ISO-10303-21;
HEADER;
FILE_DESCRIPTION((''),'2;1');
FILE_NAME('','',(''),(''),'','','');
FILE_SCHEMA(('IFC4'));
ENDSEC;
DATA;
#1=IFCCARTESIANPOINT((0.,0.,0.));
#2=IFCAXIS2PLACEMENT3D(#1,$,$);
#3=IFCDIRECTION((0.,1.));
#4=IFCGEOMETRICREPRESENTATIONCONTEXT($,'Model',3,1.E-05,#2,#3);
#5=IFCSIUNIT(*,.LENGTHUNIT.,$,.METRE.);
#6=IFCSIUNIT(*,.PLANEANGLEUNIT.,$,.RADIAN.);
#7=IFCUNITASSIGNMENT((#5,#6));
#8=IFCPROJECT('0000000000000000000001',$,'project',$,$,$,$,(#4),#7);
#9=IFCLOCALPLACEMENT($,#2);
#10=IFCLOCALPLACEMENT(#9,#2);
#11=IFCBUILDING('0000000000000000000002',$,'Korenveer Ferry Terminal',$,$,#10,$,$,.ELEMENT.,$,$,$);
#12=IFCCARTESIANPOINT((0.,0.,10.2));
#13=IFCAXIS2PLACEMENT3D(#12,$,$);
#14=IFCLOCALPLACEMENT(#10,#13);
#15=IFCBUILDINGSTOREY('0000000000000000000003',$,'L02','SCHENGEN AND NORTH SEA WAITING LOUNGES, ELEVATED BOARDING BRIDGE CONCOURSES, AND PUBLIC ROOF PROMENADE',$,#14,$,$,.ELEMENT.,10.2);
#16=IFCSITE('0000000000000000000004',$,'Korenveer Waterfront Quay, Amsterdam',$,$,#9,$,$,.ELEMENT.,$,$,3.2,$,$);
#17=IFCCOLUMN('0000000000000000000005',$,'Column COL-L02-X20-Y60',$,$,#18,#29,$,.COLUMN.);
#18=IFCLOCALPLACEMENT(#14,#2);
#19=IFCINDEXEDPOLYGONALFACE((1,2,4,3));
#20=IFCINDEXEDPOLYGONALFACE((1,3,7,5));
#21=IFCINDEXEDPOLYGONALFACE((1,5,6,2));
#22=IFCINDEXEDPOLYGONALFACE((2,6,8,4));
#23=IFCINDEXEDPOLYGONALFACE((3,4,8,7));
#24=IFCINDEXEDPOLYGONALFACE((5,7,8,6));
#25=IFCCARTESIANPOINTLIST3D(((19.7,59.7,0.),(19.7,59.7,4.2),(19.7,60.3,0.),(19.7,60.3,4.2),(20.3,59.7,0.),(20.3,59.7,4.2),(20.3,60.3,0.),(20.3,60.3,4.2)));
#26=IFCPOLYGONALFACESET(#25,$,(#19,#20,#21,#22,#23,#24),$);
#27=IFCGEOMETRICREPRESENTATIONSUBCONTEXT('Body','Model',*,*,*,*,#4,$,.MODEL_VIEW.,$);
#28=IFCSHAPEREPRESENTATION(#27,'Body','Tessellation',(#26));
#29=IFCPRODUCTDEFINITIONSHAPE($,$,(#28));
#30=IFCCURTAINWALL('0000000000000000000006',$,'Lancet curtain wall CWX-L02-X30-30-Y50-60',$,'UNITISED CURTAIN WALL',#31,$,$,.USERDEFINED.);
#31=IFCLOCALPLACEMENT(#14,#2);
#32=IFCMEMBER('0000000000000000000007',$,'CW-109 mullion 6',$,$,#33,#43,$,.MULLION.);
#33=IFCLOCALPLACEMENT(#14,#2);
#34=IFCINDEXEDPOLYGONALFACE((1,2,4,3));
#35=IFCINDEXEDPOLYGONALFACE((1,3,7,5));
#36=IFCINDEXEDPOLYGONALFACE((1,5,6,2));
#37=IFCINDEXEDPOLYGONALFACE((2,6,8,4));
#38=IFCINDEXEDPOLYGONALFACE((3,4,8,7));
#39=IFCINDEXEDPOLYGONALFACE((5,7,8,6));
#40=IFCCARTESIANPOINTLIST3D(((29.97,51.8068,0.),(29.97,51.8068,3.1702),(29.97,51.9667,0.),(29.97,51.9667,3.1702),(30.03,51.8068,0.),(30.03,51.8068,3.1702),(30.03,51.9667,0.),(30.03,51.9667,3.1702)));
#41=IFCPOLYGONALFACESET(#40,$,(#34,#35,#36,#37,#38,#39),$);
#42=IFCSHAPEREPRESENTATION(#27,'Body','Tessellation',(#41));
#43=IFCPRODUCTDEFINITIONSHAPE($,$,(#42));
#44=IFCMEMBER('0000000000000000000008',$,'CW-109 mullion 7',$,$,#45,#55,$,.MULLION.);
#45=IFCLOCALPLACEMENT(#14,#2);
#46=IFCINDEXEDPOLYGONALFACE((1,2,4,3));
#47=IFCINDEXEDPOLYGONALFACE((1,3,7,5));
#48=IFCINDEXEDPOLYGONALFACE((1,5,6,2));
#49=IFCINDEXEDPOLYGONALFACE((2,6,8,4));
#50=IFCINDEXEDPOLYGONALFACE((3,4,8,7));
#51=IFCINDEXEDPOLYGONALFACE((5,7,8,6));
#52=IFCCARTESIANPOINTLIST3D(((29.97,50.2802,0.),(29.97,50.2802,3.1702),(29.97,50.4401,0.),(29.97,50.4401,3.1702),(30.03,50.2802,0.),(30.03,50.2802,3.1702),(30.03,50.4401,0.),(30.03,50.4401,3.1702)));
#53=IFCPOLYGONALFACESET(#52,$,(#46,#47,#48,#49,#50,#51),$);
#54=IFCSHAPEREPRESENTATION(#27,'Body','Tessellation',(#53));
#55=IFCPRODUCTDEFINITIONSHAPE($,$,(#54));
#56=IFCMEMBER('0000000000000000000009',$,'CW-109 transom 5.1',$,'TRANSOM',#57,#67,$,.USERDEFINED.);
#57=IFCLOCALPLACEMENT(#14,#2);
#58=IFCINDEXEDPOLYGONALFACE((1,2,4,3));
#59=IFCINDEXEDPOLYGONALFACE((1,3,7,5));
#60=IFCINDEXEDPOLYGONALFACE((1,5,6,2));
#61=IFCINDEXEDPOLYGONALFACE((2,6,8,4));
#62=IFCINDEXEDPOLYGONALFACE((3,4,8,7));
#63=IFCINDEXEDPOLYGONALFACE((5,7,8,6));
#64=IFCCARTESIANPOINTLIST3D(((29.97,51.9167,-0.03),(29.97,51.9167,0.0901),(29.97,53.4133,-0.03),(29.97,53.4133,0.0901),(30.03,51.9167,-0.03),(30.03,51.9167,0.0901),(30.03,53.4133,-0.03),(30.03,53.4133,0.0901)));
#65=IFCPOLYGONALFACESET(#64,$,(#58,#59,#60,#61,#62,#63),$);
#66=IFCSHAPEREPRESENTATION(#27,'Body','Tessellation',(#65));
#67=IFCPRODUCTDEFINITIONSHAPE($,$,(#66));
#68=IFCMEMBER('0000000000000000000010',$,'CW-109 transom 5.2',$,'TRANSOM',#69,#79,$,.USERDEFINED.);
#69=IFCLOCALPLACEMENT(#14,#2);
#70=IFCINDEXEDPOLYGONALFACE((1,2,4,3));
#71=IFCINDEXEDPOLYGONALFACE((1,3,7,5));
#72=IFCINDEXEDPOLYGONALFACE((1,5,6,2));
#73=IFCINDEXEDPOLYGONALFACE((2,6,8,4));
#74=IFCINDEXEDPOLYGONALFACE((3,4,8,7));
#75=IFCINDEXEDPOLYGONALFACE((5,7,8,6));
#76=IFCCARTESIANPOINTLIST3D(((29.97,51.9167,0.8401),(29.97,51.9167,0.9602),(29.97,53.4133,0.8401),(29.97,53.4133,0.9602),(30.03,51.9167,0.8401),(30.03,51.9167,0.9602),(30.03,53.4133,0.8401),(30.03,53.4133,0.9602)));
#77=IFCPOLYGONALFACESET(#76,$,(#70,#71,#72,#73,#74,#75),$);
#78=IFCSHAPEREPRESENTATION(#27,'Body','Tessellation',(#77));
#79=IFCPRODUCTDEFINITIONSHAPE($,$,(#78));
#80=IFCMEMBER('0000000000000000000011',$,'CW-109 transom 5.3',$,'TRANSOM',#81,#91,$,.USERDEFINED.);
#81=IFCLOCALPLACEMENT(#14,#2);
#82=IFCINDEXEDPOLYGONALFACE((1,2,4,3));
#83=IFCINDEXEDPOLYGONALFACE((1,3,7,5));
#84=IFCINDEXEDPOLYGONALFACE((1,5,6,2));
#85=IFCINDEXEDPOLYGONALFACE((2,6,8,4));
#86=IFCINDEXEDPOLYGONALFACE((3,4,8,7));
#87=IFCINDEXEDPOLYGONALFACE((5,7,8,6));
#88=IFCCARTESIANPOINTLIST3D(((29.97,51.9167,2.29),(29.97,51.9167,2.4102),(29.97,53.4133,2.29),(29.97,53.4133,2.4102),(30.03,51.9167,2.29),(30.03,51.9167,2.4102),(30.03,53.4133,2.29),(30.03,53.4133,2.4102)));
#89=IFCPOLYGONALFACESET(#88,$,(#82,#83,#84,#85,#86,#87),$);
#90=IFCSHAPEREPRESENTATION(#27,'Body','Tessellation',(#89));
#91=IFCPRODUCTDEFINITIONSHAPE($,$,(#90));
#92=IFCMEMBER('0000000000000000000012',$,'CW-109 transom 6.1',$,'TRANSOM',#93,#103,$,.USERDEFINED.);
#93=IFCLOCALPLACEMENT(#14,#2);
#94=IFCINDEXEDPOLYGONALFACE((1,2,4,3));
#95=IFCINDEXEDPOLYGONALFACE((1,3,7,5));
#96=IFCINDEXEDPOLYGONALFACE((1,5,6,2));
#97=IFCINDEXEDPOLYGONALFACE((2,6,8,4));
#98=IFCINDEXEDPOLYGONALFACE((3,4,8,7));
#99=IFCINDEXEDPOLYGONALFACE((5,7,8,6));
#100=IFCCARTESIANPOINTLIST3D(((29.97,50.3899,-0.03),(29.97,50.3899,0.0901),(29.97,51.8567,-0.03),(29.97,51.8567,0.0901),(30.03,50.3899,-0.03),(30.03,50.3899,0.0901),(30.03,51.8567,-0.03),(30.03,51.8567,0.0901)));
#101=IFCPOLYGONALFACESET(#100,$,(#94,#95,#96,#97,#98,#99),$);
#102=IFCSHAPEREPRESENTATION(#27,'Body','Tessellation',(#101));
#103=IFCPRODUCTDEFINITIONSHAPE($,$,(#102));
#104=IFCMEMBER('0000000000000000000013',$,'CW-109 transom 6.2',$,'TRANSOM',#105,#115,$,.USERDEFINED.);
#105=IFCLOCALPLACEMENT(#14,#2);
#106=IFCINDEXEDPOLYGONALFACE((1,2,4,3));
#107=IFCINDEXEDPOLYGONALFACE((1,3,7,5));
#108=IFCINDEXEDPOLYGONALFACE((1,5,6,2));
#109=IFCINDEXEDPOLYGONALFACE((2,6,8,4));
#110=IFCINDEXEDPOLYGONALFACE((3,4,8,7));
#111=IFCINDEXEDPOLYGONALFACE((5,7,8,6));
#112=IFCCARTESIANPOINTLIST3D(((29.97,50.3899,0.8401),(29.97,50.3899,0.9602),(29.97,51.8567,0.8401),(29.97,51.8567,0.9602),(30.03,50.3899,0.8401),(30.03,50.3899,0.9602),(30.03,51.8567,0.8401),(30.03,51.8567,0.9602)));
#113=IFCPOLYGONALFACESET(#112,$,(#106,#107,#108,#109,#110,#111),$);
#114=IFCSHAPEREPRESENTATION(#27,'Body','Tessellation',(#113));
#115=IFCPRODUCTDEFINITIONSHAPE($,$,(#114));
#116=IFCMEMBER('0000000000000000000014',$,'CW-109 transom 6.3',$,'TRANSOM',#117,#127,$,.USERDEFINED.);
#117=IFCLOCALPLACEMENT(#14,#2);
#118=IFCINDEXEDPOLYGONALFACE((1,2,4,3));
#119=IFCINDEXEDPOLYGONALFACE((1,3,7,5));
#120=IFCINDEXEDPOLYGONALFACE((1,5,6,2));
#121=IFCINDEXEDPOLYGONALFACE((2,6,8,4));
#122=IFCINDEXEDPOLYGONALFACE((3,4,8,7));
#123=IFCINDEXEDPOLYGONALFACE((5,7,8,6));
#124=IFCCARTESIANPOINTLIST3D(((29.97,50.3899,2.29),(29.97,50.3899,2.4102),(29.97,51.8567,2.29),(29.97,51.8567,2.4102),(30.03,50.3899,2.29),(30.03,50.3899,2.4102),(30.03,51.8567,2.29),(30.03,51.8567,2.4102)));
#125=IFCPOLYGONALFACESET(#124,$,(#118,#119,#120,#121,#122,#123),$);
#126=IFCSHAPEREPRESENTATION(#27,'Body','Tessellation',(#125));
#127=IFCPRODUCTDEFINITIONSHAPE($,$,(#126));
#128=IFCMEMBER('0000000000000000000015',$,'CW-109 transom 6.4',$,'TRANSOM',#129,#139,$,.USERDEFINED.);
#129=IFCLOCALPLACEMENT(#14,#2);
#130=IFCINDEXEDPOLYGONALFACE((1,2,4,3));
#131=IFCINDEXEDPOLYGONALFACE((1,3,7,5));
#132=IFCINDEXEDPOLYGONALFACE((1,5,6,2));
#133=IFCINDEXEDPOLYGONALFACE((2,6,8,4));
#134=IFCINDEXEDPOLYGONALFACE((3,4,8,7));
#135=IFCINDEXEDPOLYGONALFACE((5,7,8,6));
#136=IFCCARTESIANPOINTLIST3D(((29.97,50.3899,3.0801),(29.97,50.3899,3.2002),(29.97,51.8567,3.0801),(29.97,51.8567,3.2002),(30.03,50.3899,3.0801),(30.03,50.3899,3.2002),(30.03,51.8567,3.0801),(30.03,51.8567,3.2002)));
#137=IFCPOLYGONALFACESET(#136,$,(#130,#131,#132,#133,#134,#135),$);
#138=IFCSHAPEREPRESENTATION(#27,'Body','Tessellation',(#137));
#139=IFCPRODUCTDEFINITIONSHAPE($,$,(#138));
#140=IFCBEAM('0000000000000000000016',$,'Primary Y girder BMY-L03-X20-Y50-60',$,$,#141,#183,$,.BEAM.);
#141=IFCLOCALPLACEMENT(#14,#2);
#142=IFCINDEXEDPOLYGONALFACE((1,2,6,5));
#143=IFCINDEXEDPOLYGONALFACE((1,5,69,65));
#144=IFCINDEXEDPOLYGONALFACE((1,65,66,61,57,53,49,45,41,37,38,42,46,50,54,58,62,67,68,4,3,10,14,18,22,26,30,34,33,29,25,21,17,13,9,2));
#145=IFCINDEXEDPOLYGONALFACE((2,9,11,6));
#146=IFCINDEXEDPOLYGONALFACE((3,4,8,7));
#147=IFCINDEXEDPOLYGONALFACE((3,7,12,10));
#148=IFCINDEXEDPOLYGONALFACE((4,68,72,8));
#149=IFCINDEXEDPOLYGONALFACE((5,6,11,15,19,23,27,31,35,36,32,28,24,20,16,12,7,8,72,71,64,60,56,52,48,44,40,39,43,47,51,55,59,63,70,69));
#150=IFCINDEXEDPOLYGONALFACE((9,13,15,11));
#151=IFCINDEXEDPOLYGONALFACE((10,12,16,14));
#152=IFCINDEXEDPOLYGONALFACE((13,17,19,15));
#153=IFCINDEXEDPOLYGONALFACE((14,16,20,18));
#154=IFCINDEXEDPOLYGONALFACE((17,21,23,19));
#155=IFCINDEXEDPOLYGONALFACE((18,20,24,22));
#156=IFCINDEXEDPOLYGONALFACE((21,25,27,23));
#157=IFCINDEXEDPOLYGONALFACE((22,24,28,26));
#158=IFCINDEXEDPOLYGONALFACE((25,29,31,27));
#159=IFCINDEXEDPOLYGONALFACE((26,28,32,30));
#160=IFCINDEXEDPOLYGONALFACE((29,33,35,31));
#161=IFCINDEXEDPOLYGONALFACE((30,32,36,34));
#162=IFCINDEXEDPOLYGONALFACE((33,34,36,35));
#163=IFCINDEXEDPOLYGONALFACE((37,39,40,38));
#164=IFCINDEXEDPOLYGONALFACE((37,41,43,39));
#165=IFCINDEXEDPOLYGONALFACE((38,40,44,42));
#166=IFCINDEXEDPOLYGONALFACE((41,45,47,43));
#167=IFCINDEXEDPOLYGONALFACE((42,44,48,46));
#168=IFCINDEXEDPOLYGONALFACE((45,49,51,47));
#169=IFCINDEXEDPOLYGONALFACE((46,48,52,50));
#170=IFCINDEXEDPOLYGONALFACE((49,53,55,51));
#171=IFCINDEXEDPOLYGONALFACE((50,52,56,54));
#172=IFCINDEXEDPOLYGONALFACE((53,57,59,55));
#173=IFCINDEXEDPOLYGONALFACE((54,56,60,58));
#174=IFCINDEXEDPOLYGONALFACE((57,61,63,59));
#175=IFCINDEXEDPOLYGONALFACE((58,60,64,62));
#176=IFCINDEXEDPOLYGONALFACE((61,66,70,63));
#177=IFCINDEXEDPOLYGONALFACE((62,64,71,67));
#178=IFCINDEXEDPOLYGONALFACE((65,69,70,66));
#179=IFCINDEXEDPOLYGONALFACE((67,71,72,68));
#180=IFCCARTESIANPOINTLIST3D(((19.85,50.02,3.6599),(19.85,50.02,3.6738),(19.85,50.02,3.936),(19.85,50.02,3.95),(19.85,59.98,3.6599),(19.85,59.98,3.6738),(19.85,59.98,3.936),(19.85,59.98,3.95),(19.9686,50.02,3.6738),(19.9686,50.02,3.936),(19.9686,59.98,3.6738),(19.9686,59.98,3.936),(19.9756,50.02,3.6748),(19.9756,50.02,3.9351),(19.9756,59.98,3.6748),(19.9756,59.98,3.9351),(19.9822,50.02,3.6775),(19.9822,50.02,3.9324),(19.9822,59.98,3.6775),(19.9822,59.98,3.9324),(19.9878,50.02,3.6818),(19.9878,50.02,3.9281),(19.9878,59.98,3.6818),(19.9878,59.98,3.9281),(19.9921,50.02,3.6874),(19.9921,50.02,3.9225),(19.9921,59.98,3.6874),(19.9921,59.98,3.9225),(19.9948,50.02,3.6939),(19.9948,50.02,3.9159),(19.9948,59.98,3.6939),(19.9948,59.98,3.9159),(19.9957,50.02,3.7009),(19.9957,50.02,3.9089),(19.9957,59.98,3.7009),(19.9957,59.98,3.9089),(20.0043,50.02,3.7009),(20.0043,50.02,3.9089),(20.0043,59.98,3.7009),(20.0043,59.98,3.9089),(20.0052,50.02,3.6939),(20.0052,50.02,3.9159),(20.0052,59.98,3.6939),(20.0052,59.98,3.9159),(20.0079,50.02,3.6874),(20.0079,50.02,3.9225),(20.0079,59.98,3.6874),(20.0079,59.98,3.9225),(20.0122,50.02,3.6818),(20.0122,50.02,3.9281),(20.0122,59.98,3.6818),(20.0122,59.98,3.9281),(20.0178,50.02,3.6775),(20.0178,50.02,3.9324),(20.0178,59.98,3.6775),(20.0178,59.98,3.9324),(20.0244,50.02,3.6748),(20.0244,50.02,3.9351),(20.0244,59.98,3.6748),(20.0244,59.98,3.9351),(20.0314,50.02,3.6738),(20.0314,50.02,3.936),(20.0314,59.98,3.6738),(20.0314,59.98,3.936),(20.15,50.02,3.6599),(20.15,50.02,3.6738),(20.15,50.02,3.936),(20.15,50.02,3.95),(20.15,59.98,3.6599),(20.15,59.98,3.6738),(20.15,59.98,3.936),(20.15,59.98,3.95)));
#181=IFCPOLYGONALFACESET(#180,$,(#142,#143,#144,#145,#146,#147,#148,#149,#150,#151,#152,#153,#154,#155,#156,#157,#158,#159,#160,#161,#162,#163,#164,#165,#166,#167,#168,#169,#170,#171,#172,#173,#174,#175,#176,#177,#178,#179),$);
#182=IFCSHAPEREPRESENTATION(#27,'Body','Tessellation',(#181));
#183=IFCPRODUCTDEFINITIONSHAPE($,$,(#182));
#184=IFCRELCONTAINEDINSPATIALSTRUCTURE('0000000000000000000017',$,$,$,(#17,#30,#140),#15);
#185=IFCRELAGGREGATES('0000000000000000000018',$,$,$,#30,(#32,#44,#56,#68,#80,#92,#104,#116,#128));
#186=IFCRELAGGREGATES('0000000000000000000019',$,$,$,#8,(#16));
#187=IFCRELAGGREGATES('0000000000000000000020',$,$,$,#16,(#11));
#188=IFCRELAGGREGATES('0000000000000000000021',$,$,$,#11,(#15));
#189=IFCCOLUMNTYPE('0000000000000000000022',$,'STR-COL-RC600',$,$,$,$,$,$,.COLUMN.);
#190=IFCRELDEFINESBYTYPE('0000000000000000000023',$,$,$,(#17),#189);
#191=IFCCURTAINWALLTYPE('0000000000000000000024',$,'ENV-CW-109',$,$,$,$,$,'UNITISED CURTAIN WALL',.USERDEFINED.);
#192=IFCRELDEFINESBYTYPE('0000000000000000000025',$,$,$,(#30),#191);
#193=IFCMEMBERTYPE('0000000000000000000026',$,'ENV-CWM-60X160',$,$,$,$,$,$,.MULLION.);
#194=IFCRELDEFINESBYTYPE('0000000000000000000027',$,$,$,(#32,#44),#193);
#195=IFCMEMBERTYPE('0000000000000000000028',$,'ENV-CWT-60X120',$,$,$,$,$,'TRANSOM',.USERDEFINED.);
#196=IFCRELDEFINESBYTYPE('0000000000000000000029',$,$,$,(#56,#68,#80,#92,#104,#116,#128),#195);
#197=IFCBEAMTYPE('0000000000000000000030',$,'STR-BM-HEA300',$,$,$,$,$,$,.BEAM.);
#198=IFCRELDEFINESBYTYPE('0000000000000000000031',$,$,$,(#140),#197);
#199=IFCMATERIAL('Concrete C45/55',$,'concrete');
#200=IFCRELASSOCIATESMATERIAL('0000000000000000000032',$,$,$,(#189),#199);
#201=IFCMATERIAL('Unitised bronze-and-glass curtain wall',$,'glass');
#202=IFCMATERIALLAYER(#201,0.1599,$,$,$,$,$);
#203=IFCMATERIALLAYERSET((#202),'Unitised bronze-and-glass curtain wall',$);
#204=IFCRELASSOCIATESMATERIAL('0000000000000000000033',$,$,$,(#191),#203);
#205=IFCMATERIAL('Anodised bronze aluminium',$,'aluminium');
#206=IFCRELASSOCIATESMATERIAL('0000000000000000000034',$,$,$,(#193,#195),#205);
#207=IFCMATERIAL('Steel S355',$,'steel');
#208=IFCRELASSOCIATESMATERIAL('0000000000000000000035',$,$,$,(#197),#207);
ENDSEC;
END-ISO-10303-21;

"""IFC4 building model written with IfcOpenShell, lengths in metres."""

from ifc_helpers import new_model, si_unit, direction, frame, origin, origin_2d, place, context, subcontext, project, spatial, rectangle, i_section, extrude, material, layer, layer_set, material_profile, profile_set, type_object, element, aggregate, save


model = new_model("IFC4")

# Units and contexts
model_context = context("Model", 3, precision=1e-05, world=origin(), true_north=direction((0.0, 1.0)))
body_context = subcontext(model_context, "Body", "Model", "MODEL_VIEW")
ifc_project = project(units=[si_unit("LENGTHUNIT", "METRE"), si_unit("PLANEANGLEUNIT", "RADIAN")], contexts=[model_context])

# Site, building, storey
site_placement = place(None, origin())
site = spatial("IfcSite", under=ifc_project, at=site_placement, Name="Korenveer Waterfront Quay, Amsterdam", CompositionType="ELEMENT", RefElevation=3.2)
building_placement = place(site_placement, origin())
building = spatial("IfcBuilding", under=site, at=building_placement, Name="Korenveer Ferry Terminal", CompositionType="ELEMENT")
storey_placement = place(building_placement, frame((0.0, 0.0, 10.2)))
storey = spatial("IfcBuildingStorey", under=building, at=storey_placement, Name="L02", Description="SCHENGEN AND NORTH SEA WAITING LOUNGES, ELEVATED BOARDING BRIDGE CONCOURSES, AND PUBLIC ROOF PROMENADE", CompositionType="ELEMENT", Elevation=10.2)

# Column
ifc_material_1 = material(Name="Concrete C45/55", Category="concrete")
ifc_material_profile_1 = material_profile(ifc_material_1, rectangle(XDim=0.6001, YDim=0.6001, at=origin_2d()), Name="RC 600x600")
ifc_profile_set_1 = profile_set([ifc_material_profile_1], Name="Concrete C45/55")
column_type = type_object("IfcColumnType", Name="STR-COL-RC600", PredefinedType="COLUMN", material=ifc_profile_set_1)
column_placement = place(storey_placement, frame((20.0, 60.0, 0.0), z_axis=(0.0, 0.0, 1.0), x_axis=(1.0, 0.0, 0.0)))
element("IfcColumn", 1, at=column_placement, inside=storey, type_object=column_type, Name="Column COL-L02-X20-Y60", PredefinedType="COLUMN", context=body_context, shape_type="SweptSolid", body=[
    extrude(rectangle(XDim=0.6001, YDim=0.6001, at=origin_2d()), origin(), (0.0, 0.0, 1.0), 4.2),
])

# Curtain wall, members
ifc_material_2 = material(Name="Unitised bronze-and-glass curtain wall", Category="glass")
ifc_layer_1 = layer(ifc_material_2, 0.1599)
ifc_layer_set_1 = layer_set([ifc_layer_1], Name="Unitised bronze-and-glass curtain wall")
curtain_wall_type = type_object("IfcCurtainWallType", Name="ENV-CW-109", ElementType="UNITISED CURTAIN WALL", PredefinedType="USERDEFINED", material=ifc_layer_set_1)
curtain_wall_placement = place(storey_placement, frame((30.0, 59.6699, 0.0)))
curtain_wall = element("IfcCurtainWall", 2, at=curtain_wall_placement, inside=storey, type_object=curtain_wall_type, Name="Lancet curtain wall CWX-L02-X30-30-Y50-60", ObjectType="UNITISED CURTAIN WALL", PredefinedType="USERDEFINED")
ifc_material_3 = material(Name="Anodised bronze aluminium", Category="aluminium")
ifc_material_profile_2 = material_profile(ifc_material_3, rectangle(XDim=0.0601, YDim=0.1599, at=origin_2d()), Name="ALU 60x160")
ifc_profile_set_2 = profile_set([ifc_material_profile_2], Name="Anodised bronze aluminium")
member_type_1 = type_object("IfcMemberType", Name="ENV-CWM-60X160", PredefinedType="MULLION", material=ifc_profile_set_2)
member_1_placement = place(storey_placement, frame((30.0, 51.8867, 0.0), z_axis=(0.0, 0.0, 1.0), x_axis=(1.0, 0.0, 0.0)))
member_1 = element("IfcMember", 3, at=member_1_placement, type_object=member_type_1, Name="CW-109 mullion 6", PredefinedType="MULLION", context=body_context, shape_type="SweptSolid", body=[
    extrude(rectangle(XDim=0.0601, YDim=0.1599, at=origin_2d()), origin(), (0.0, 0.0, 1.0), 3.1702),
])
member_2_placement = place(storey_placement, frame((30.0, 50.3601, 0.0), z_axis=(0.0, 0.0, 1.0), x_axis=(1.0, 0.0, 0.0)))
member_2 = element("IfcMember", 4, at=member_2_placement, type_object=member_type_1, Name="CW-109 mullion 7", PredefinedType="MULLION", context=body_context, shape_type="SweptSolid", body=[
    extrude(rectangle(XDim=0.0601, YDim=0.1599, at=origin_2d()), origin(), (0.0, 0.0, 1.0), 3.1702),
])
ifc_material_profile_3 = material_profile(ifc_material_3, rectangle(XDim=0.0601, YDim=0.1201, at=origin_2d()), Name="ALU 60x120")
ifc_profile_set_3 = profile_set([ifc_material_profile_3], Name="Anodised bronze aluminium")
member_type_2 = type_object("IfcMemberType", Name="ENV-CWT-60X120", ElementType="TRANSOM", PredefinedType="USERDEFINED", material=ifc_profile_set_3)
member_3_placement = place(storey_placement, frame((30.0, 53.4133, 0.03), z_axis=(0.0, -1.0, 0.0), x_axis=(1.0, 0.0, 0.0)))
member_3 = element("IfcMember", 5, at=member_3_placement, type_object=member_type_2, Name="CW-109 transom 5.1", ObjectType="TRANSOM", PredefinedType="USERDEFINED", context=body_context, shape_type="SweptSolid", body=[
    extrude(rectangle(XDim=0.0601, YDim=0.1201, at=origin_2d()), origin(), (0.0, 0.0, 1.0), 1.4966),
])
member_4_placement = place(storey_placement, frame((30.0, 53.4133, 0.9001), z_axis=(0.0, -1.0, 0.0), x_axis=(1.0, 0.0, 0.0)))
member_4 = element("IfcMember", 6, at=member_4_placement, type_object=member_type_2, Name="CW-109 transom 5.2", ObjectType="TRANSOM", PredefinedType="USERDEFINED", context=body_context, shape_type="SweptSolid", body=[
    extrude(rectangle(XDim=0.0601, YDim=0.1201, at=origin_2d()), origin(), (0.0, 0.0, 1.0), 1.4966),
])
member_5_placement = place(storey_placement, frame((30.0, 53.4133, 2.3501), z_axis=(0.0, -1.0, 0.0), x_axis=(1.0, 0.0, 0.0)))
member_5 = element("IfcMember", 7, at=member_5_placement, type_object=member_type_2, Name="CW-109 transom 5.3", ObjectType="TRANSOM", PredefinedType="USERDEFINED", context=body_context, shape_type="SweptSolid", body=[
    extrude(rectangle(XDim=0.0601, YDim=0.1201, at=origin_2d()), origin(), (0.0, 0.0, 1.0), 1.4966),
])
member_6_placement = place(storey_placement, frame((30.0, 51.8567, 0.03), z_axis=(0.0, -1.0, 0.0), x_axis=(1.0, 0.0, 0.0)))
member_6 = element("IfcMember", 8, at=member_6_placement, type_object=member_type_2, Name="CW-109 transom 6.1", ObjectType="TRANSOM", PredefinedType="USERDEFINED", context=body_context, shape_type="SweptSolid", body=[
    extrude(rectangle(XDim=0.0601, YDim=0.1201, at=origin_2d()), origin(), (0.0, 0.0, 1.0), 1.4668),
])
member_7_placement = place(storey_placement, frame((30.0, 51.8567, 0.9001), z_axis=(0.0, -1.0, 0.0), x_axis=(1.0, 0.0, 0.0)))
member_7 = element("IfcMember", 9, at=member_7_placement, type_object=member_type_2, Name="CW-109 transom 6.2", ObjectType="TRANSOM", PredefinedType="USERDEFINED", context=body_context, shape_type="SweptSolid", body=[
    extrude(rectangle(XDim=0.0601, YDim=0.1201, at=origin_2d()), origin(), (0.0, 0.0, 1.0), 1.4668),
])
member_8_placement = place(storey_placement, frame((30.0, 51.8567, 2.3501), z_axis=(0.0, -1.0, 0.0), x_axis=(1.0, 0.0, 0.0)))
member_8 = element("IfcMember", 10, at=member_8_placement, type_object=member_type_2, Name="CW-109 transom 6.3", ObjectType="TRANSOM", PredefinedType="USERDEFINED", context=body_context, shape_type="SweptSolid", body=[
    extrude(rectangle(XDim=0.0601, YDim=0.1201, at=origin_2d()), origin(), (0.0, 0.0, 1.0), 1.4668),
])
member_9_placement = place(storey_placement, frame((30.0, 51.8567, 3.1401), z_axis=(0.0, -1.0, 0.0), x_axis=(1.0, 0.0, 0.0)))
member_9 = element("IfcMember", 11, at=member_9_placement, type_object=member_type_2, Name="CW-109 transom 6.4", ObjectType="TRANSOM", PredefinedType="USERDEFINED", context=body_context, shape_type="SweptSolid", body=[
    extrude(rectangle(XDim=0.0601, YDim=0.1201, at=origin_2d()), origin(), (0.0, 0.0, 1.0), 1.4668),
])

# Beam
ifc_material_4 = material(Name="Steel S355", Category="steel")
ifc_material_profile_4 = material_profile(ifc_material_4, i_section(OverallWidth=0.3, OverallDepth=0.29, WebThickness=0.0085, FlangeThickness=0.0139, FilletRadius=0.0271, at=origin_2d()), Name="HEA 300")
ifc_profile_set_4 = profile_set([ifc_material_profile_4], Name="Steel S355")
beam_type_1 = type_object("IfcBeamType", Name="STR-BM-HEA300", PredefinedType="BEAM", material=ifc_profile_set_4)
beam_1_placement = place(storey_placement, frame((20.0, 50.02, 3.8049), z_axis=(0.0, 1.0, 0.0), x_axis=(-1.0, 0.0, 0.0)))
element("IfcBeam", 12, at=beam_1_placement, inside=storey, type_object=beam_type_1, Name="Primary Y girder BMY-L03-X20-Y50-60", PredefinedType="BEAM", context=body_context, shape_type="SweptSolid", body=[
    extrude(i_section(OverallWidth=0.3, OverallDepth=0.29, WebThickness=0.0085, FlangeThickness=0.0139, FilletRadius=0.0271, at=origin_2d()), origin(), (0.0, 0.0, 1.0), 9.96),
])

aggregate(curtain_wall, [member_1, member_2, member_3, member_4, member_5, member_6, member_7, member_8, member_9])

save(model, "model.ifc")
